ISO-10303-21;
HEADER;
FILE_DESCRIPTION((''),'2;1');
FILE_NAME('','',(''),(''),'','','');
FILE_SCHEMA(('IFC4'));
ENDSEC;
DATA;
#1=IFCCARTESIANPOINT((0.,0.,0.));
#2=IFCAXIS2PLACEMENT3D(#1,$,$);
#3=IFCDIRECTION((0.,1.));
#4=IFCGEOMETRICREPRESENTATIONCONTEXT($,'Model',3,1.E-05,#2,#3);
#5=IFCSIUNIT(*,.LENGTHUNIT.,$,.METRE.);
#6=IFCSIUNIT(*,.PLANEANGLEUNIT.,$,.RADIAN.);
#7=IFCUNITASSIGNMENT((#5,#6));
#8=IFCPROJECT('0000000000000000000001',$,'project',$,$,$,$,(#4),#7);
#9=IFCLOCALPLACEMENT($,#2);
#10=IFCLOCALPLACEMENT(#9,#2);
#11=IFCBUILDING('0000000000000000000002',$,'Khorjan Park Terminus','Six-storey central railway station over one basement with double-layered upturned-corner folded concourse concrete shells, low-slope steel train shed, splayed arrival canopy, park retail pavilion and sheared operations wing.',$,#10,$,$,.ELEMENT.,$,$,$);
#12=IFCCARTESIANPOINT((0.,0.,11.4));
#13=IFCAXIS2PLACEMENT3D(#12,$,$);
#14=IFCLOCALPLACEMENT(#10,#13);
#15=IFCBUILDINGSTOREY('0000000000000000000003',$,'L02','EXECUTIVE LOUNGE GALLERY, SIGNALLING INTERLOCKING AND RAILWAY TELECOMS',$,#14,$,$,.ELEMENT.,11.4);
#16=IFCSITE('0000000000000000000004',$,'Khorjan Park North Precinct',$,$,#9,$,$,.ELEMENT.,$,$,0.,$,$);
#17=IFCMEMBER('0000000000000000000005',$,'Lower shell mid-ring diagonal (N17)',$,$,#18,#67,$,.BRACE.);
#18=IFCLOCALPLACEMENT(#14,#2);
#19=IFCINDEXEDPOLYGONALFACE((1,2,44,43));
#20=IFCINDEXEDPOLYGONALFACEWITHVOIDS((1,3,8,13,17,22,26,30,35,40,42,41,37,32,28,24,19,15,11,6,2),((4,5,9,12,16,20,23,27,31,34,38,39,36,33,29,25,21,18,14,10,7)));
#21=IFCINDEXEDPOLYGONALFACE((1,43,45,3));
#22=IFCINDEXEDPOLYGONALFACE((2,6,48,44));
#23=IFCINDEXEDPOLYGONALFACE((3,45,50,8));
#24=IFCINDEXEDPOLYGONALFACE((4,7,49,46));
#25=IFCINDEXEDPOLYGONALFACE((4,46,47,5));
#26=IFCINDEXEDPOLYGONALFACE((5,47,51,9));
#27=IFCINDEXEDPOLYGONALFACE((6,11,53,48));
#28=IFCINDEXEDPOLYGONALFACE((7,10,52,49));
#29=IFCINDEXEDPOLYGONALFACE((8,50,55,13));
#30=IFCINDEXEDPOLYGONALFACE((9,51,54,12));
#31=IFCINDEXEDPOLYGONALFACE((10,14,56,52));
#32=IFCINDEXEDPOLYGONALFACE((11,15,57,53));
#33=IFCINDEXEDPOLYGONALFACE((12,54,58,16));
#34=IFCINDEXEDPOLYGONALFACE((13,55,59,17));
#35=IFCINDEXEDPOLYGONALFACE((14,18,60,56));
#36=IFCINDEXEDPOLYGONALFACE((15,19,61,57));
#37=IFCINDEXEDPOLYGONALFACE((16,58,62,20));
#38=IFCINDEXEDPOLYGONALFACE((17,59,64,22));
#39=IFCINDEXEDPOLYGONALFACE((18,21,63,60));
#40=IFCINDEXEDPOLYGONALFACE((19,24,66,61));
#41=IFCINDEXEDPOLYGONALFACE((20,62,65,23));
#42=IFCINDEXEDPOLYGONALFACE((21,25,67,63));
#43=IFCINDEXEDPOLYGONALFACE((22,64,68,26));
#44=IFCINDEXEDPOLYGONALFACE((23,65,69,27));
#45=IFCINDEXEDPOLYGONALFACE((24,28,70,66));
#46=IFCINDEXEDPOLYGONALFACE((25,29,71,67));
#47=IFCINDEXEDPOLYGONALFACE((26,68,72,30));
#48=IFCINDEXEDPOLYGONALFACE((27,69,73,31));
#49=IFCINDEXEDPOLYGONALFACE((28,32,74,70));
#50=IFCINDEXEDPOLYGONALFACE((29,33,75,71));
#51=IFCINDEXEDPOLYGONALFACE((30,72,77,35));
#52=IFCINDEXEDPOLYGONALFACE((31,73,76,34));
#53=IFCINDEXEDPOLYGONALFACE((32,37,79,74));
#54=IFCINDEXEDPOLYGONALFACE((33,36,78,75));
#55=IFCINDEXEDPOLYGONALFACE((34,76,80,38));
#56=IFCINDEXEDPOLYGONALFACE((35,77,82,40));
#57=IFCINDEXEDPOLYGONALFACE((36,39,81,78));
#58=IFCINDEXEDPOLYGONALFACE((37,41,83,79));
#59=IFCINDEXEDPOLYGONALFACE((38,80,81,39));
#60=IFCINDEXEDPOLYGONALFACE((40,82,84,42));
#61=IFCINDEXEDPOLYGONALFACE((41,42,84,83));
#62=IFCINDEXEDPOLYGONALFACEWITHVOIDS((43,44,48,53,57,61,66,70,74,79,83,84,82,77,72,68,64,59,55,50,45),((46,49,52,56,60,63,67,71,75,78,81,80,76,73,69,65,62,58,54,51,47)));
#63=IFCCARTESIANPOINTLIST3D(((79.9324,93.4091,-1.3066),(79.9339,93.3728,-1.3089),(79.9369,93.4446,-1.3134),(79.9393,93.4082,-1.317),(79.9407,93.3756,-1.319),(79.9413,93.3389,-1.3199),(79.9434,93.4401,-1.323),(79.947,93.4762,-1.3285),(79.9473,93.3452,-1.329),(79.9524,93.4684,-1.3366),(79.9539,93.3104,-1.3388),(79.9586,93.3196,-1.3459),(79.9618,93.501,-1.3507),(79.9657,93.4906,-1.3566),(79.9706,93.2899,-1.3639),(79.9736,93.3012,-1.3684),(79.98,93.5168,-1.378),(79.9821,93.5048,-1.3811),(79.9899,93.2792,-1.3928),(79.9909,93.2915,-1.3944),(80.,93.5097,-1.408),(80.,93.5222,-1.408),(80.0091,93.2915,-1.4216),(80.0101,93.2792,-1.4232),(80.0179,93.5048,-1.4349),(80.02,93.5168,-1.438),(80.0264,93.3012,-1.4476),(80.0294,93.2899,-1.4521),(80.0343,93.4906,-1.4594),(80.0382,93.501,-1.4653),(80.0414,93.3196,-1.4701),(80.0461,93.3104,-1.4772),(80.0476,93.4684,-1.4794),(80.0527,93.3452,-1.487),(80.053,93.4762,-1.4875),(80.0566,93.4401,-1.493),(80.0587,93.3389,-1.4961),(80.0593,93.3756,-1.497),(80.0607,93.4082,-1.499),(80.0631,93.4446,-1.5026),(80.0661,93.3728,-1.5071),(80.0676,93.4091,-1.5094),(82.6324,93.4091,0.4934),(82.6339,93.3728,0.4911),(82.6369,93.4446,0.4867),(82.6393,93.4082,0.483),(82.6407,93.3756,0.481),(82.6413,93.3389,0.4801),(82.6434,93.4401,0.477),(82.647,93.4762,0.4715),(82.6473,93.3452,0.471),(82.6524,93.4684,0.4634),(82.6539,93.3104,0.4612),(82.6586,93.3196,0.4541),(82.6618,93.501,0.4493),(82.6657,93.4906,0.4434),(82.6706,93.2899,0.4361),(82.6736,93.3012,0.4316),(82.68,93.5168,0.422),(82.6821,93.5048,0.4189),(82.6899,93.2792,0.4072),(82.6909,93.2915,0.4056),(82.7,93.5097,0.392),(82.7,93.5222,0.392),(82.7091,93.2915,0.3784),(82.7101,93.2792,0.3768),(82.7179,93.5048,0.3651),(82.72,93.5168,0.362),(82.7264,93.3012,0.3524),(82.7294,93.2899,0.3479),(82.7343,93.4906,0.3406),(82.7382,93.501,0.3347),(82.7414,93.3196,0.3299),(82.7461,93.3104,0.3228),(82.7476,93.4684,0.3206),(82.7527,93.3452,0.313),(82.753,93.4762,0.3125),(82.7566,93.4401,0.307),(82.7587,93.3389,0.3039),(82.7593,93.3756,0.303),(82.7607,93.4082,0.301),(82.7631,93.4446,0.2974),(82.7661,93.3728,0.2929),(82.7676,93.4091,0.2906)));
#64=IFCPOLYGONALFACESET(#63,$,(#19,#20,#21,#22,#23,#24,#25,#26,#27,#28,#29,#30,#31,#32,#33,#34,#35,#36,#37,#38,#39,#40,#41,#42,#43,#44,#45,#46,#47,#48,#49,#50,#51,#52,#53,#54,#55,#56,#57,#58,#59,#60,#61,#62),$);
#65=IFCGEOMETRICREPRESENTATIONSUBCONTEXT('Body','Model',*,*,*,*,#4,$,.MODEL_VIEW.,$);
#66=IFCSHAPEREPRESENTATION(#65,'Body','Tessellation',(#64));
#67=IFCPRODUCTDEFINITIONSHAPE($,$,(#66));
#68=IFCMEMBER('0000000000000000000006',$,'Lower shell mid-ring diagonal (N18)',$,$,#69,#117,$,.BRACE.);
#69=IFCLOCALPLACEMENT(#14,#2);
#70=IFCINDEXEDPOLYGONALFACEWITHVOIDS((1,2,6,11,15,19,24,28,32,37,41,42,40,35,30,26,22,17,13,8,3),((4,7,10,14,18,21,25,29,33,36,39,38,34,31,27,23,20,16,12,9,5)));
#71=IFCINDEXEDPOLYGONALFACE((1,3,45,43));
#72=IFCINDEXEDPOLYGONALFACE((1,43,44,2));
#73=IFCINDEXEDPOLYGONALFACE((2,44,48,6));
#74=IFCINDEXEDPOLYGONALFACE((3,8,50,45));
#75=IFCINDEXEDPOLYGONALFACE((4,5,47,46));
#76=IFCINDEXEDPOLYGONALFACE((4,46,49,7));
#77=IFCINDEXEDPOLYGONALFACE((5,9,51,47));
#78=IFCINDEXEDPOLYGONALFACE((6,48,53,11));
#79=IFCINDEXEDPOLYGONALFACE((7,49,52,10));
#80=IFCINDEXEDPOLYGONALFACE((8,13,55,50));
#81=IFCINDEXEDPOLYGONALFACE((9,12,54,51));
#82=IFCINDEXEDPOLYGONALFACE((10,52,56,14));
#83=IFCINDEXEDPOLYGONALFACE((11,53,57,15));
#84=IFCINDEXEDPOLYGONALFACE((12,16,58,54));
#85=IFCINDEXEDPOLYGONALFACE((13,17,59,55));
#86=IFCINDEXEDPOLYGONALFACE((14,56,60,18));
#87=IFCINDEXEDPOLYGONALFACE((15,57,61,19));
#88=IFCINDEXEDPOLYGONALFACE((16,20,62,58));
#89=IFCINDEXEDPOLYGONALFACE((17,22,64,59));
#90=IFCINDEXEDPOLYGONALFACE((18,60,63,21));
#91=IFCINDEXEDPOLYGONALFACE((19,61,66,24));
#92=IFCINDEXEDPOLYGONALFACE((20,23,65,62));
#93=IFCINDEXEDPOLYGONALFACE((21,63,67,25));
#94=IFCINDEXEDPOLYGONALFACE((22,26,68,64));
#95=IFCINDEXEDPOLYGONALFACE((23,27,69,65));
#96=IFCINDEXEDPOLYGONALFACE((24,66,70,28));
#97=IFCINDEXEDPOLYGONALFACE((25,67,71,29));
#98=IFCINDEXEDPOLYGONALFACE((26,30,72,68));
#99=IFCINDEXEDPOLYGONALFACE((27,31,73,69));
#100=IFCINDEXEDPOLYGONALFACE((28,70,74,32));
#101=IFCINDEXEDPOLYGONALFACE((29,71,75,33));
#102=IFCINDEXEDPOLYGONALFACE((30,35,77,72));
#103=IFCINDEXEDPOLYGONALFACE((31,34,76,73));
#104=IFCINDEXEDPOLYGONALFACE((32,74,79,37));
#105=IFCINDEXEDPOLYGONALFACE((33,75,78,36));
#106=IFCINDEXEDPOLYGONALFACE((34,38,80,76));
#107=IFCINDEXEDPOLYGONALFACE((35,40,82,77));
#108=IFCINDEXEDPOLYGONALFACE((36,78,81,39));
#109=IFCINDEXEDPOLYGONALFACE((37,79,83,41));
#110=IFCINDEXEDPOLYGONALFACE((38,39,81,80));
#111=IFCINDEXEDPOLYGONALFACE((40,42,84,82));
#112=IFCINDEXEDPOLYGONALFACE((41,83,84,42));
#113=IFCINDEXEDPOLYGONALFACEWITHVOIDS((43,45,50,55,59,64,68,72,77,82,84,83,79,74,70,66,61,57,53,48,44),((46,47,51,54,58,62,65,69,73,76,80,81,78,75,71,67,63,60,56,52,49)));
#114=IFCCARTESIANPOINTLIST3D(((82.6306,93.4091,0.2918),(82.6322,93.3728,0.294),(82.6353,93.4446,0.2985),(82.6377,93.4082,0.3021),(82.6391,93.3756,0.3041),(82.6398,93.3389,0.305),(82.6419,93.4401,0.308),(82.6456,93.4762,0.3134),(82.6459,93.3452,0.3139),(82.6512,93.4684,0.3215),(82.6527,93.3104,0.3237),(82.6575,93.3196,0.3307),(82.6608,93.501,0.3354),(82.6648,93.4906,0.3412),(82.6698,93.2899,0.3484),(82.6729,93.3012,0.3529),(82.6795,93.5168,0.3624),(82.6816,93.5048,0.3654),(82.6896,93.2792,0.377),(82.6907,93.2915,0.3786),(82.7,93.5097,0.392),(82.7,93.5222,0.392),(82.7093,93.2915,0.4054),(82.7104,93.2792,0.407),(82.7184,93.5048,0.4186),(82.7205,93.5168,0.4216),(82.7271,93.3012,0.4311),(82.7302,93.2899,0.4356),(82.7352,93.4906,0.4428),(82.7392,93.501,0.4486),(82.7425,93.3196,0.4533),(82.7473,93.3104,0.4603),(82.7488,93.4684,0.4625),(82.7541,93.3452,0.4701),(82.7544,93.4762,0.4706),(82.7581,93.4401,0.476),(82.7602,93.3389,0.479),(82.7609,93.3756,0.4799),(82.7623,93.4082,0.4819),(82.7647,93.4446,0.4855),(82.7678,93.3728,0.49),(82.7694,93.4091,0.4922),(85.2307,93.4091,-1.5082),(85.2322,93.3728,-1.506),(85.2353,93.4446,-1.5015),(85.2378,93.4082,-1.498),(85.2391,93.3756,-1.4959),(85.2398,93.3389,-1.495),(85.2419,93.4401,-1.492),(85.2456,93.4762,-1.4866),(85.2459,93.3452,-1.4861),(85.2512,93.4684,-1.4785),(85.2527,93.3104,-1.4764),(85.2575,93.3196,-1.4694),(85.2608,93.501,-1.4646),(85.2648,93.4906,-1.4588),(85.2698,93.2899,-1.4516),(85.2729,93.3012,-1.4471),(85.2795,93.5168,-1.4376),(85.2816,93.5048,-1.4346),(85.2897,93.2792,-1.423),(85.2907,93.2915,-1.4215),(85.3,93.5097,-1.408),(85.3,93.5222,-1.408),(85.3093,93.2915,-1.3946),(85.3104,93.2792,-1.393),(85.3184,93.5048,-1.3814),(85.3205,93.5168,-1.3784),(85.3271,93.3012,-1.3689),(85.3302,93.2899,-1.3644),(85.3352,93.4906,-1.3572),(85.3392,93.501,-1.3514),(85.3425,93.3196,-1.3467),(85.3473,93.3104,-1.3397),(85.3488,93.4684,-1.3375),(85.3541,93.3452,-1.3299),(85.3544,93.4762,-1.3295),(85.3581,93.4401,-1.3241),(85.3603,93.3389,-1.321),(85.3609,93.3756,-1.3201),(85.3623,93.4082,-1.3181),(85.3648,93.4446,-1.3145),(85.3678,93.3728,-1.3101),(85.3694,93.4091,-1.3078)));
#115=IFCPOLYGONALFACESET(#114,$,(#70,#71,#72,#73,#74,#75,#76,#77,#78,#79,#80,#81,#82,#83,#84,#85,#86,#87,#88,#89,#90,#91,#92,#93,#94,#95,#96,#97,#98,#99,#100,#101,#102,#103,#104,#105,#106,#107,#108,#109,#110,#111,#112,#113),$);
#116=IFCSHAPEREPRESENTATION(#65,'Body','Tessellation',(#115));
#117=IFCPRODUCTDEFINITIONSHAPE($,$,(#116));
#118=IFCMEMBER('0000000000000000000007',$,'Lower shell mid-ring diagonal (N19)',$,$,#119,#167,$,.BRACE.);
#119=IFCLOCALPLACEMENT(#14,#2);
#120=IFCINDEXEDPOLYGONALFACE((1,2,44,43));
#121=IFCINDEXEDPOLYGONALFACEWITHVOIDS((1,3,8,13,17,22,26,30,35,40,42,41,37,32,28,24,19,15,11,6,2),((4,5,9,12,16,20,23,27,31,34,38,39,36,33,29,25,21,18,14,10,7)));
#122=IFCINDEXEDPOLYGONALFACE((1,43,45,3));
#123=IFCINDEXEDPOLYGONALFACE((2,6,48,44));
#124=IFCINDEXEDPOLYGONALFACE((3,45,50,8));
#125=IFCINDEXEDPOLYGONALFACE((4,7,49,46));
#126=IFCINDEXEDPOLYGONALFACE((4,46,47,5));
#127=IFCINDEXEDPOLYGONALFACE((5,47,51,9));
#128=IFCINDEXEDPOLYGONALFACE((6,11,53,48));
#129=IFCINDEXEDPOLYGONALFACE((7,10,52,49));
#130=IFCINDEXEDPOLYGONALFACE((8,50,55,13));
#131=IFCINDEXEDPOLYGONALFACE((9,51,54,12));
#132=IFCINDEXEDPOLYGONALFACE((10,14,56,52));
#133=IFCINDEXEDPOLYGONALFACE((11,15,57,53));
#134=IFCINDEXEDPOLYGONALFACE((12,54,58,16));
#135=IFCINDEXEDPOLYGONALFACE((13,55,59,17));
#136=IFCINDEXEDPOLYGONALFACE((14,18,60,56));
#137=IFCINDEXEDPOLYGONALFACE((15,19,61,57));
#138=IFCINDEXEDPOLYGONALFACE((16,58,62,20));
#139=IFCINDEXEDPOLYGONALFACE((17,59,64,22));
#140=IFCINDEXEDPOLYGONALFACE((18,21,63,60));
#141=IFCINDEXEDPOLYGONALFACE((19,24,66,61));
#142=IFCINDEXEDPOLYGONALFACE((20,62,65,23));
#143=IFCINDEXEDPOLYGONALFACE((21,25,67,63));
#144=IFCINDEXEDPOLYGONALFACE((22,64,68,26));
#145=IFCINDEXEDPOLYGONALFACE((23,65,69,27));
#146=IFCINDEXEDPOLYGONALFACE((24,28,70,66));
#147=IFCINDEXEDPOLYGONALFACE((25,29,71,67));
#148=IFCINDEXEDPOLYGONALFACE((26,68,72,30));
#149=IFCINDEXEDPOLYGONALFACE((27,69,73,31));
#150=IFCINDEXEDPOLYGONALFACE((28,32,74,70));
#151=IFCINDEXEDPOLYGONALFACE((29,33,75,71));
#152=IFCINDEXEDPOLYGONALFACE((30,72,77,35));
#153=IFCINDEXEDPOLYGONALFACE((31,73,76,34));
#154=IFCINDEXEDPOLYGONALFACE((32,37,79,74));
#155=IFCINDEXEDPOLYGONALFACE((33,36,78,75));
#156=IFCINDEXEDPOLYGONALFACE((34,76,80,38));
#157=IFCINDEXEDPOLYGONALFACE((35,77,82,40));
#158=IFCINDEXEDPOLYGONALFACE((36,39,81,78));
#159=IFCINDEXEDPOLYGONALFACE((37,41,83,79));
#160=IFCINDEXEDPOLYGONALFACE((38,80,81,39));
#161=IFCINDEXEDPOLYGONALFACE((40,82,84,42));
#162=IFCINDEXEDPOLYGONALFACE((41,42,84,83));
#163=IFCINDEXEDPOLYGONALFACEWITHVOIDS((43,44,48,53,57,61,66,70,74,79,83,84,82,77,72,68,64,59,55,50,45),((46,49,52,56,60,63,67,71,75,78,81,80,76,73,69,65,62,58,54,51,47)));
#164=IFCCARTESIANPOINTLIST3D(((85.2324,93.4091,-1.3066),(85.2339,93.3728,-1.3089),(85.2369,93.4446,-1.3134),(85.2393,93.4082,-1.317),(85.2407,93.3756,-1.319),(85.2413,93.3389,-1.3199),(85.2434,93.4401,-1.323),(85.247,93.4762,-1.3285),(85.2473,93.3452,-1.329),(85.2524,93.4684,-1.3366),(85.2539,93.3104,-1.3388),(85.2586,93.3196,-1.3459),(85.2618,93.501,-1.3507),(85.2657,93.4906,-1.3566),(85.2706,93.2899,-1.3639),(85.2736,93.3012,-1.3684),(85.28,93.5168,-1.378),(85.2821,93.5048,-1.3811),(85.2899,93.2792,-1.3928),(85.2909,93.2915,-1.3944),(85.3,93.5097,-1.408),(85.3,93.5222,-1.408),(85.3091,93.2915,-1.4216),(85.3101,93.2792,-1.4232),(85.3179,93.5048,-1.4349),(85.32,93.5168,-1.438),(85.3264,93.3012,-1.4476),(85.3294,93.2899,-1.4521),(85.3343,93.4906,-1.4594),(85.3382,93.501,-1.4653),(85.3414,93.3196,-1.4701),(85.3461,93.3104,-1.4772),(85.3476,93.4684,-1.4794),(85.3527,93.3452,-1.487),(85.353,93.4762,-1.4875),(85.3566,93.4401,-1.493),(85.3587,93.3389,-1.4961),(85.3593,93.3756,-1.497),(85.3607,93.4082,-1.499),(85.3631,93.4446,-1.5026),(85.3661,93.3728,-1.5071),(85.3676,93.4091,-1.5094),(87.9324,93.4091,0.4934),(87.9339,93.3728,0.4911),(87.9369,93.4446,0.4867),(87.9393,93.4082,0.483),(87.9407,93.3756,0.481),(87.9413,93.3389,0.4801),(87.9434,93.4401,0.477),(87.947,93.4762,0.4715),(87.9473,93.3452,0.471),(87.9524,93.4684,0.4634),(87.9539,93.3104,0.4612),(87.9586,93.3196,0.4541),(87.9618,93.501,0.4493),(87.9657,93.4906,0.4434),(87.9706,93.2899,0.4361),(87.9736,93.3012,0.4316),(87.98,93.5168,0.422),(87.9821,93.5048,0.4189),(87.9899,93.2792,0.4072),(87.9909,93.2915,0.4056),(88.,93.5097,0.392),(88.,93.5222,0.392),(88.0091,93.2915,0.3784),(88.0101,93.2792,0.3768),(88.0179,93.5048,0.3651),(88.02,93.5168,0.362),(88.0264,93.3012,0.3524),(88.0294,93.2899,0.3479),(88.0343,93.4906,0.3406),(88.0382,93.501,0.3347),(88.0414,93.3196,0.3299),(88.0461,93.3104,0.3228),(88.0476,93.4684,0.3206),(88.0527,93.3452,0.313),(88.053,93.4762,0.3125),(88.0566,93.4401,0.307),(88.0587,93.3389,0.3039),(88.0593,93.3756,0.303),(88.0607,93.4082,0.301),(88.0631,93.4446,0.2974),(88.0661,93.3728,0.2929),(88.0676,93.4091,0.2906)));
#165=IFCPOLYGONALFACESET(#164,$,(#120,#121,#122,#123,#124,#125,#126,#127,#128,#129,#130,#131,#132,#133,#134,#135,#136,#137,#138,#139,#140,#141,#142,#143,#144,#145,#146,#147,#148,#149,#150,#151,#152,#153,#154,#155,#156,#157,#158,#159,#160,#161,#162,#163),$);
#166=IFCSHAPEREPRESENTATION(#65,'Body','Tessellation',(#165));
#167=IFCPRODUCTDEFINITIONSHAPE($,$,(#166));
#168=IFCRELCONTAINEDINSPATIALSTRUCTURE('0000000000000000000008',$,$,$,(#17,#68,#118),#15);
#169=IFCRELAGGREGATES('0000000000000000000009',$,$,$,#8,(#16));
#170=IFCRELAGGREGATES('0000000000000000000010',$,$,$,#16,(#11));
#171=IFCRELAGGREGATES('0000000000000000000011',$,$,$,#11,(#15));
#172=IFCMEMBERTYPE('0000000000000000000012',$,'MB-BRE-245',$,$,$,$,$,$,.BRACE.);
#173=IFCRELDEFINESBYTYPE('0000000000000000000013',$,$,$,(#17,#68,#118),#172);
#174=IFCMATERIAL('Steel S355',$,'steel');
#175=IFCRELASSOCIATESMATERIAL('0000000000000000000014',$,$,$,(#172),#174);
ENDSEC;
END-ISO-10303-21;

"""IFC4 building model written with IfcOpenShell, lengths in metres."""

from ifc_helpers import new_model, si_unit, direction, frame, origin, origin_2d, place, context, subcontext, project, spatial, hollow_circle, extrude, material, material_profile, profile_set, type_object, element, save


model = new_model("IFC4")

# Units and contexts
model_context = context("Model", 3, precision=1e-05, world=origin(), true_north=direction((0.0, 1.0)))
body_context = subcontext(model_context, "Body", "Model", "MODEL_VIEW")
ifc_project = project(units=[si_unit("LENGTHUNIT", "METRE"), si_unit("PLANEANGLEUNIT", "RADIAN")], contexts=[model_context])

# Site, building, storey
site_placement = place(None, origin())
site = spatial("IfcSite", under=ifc_project, at=site_placement, Name="Khorjan Park North Precinct", CompositionType="ELEMENT", RefElevation=0.0)
building_placement = place(site_placement, origin())
building = spatial("IfcBuilding", under=site, at=building_placement, Name="Khorjan Park Terminus", Description="Six-storey central railway station over one basement with double-layered upturned-corner folded concourse concrete shells, low-slope steel train shed, splayed arrival canopy, park retail pavilion and sheared operations wing.", CompositionType="ELEMENT")
storey_placement = place(building_placement, frame((0.0, 0.0, 11.4)))
storey = spatial("IfcBuildingStorey", under=building, at=storey_placement, Name="L02", Description="EXECUTIVE LOUNGE GALLERY, SIGNALLING INTERLOCKING AND RAILWAY TELECOMS", CompositionType="ELEMENT", Elevation=11.4)

# Members
ifc_material_1 = material(Name="Steel S355", Category="steel")
ifc_material_profile_1 = material_profile(ifc_material_1, hollow_circle(Radius=0.1222, WallThickness=0.0125, at=origin_2d()), Name="CHS 244.5x12.5")
ifc_profile_set_1 = profile_set([ifc_material_profile_1], Name="Steel S355")
member_type_1 = type_object("IfcMemberType", Name="MB-BRE-245", PredefinedType="BRACE", material=ifc_profile_set_1)
for number, where, z_axis, x_axis, name in (
    (1, (80.0, 93.4, -1.408), (0.83205, 0.0, 0.5547), (0.0, 1.0, 0.0), "Lower shell mid-ring diagonal (N17)"),
):
    element("IfcMember", number, at=place(storey_placement, frame(where, z_axis=z_axis, x_axis=x_axis)), inside=storey, type_object=member_type_1, Name=name, PredefinedType="BRACE", context=body_context, shape_type="SweptSolid", body=[
        extrude(hollow_circle(Radius=0.1222, WallThickness=0.0125, at=origin_2d()), origin(), (0.0, 0.0, 1.0), 3.245),
    ])
member_1_placement = place(storey_placement, frame((82.7, 93.4, 0.392), z_axis=(0.822192, 0.0, -0.56921), x_axis=(0.0, 1.0, 0.0)))
element("IfcMember", 2, at=member_1_placement, inside=storey, type_object=member_type_1, Name="Lower shell mid-ring diagonal (N18)", PredefinedType="BRACE", context=body_context, shape_type="SweptSolid", body=[
    extrude(hollow_circle(Radius=0.1222, WallThickness=0.0125, at=origin_2d()), origin(), (0.0, 0.0, 1.0), 3.1623),
])
for number, where, z_axis, x_axis, name in (
    (3, (85.3, 93.4, -1.408), (0.83205, 0.0, 0.5547), (0.0, 1.0, 0.0), "Lower shell mid-ring diagonal (N19)"),
):
    element("IfcMember", number, at=place(storey_placement, frame(where, z_axis=z_axis, x_axis=x_axis)), inside=storey, type_object=member_type_1, Name=name, PredefinedType="BRACE", context=body_context, shape_type="SweptSolid", body=[
        extrude(hollow_circle(Radius=0.1222, WallThickness=0.0125, at=origin_2d()), origin(), (0.0, 0.0, 1.0), 3.245),
    ])

save(model, "model.ifc")
